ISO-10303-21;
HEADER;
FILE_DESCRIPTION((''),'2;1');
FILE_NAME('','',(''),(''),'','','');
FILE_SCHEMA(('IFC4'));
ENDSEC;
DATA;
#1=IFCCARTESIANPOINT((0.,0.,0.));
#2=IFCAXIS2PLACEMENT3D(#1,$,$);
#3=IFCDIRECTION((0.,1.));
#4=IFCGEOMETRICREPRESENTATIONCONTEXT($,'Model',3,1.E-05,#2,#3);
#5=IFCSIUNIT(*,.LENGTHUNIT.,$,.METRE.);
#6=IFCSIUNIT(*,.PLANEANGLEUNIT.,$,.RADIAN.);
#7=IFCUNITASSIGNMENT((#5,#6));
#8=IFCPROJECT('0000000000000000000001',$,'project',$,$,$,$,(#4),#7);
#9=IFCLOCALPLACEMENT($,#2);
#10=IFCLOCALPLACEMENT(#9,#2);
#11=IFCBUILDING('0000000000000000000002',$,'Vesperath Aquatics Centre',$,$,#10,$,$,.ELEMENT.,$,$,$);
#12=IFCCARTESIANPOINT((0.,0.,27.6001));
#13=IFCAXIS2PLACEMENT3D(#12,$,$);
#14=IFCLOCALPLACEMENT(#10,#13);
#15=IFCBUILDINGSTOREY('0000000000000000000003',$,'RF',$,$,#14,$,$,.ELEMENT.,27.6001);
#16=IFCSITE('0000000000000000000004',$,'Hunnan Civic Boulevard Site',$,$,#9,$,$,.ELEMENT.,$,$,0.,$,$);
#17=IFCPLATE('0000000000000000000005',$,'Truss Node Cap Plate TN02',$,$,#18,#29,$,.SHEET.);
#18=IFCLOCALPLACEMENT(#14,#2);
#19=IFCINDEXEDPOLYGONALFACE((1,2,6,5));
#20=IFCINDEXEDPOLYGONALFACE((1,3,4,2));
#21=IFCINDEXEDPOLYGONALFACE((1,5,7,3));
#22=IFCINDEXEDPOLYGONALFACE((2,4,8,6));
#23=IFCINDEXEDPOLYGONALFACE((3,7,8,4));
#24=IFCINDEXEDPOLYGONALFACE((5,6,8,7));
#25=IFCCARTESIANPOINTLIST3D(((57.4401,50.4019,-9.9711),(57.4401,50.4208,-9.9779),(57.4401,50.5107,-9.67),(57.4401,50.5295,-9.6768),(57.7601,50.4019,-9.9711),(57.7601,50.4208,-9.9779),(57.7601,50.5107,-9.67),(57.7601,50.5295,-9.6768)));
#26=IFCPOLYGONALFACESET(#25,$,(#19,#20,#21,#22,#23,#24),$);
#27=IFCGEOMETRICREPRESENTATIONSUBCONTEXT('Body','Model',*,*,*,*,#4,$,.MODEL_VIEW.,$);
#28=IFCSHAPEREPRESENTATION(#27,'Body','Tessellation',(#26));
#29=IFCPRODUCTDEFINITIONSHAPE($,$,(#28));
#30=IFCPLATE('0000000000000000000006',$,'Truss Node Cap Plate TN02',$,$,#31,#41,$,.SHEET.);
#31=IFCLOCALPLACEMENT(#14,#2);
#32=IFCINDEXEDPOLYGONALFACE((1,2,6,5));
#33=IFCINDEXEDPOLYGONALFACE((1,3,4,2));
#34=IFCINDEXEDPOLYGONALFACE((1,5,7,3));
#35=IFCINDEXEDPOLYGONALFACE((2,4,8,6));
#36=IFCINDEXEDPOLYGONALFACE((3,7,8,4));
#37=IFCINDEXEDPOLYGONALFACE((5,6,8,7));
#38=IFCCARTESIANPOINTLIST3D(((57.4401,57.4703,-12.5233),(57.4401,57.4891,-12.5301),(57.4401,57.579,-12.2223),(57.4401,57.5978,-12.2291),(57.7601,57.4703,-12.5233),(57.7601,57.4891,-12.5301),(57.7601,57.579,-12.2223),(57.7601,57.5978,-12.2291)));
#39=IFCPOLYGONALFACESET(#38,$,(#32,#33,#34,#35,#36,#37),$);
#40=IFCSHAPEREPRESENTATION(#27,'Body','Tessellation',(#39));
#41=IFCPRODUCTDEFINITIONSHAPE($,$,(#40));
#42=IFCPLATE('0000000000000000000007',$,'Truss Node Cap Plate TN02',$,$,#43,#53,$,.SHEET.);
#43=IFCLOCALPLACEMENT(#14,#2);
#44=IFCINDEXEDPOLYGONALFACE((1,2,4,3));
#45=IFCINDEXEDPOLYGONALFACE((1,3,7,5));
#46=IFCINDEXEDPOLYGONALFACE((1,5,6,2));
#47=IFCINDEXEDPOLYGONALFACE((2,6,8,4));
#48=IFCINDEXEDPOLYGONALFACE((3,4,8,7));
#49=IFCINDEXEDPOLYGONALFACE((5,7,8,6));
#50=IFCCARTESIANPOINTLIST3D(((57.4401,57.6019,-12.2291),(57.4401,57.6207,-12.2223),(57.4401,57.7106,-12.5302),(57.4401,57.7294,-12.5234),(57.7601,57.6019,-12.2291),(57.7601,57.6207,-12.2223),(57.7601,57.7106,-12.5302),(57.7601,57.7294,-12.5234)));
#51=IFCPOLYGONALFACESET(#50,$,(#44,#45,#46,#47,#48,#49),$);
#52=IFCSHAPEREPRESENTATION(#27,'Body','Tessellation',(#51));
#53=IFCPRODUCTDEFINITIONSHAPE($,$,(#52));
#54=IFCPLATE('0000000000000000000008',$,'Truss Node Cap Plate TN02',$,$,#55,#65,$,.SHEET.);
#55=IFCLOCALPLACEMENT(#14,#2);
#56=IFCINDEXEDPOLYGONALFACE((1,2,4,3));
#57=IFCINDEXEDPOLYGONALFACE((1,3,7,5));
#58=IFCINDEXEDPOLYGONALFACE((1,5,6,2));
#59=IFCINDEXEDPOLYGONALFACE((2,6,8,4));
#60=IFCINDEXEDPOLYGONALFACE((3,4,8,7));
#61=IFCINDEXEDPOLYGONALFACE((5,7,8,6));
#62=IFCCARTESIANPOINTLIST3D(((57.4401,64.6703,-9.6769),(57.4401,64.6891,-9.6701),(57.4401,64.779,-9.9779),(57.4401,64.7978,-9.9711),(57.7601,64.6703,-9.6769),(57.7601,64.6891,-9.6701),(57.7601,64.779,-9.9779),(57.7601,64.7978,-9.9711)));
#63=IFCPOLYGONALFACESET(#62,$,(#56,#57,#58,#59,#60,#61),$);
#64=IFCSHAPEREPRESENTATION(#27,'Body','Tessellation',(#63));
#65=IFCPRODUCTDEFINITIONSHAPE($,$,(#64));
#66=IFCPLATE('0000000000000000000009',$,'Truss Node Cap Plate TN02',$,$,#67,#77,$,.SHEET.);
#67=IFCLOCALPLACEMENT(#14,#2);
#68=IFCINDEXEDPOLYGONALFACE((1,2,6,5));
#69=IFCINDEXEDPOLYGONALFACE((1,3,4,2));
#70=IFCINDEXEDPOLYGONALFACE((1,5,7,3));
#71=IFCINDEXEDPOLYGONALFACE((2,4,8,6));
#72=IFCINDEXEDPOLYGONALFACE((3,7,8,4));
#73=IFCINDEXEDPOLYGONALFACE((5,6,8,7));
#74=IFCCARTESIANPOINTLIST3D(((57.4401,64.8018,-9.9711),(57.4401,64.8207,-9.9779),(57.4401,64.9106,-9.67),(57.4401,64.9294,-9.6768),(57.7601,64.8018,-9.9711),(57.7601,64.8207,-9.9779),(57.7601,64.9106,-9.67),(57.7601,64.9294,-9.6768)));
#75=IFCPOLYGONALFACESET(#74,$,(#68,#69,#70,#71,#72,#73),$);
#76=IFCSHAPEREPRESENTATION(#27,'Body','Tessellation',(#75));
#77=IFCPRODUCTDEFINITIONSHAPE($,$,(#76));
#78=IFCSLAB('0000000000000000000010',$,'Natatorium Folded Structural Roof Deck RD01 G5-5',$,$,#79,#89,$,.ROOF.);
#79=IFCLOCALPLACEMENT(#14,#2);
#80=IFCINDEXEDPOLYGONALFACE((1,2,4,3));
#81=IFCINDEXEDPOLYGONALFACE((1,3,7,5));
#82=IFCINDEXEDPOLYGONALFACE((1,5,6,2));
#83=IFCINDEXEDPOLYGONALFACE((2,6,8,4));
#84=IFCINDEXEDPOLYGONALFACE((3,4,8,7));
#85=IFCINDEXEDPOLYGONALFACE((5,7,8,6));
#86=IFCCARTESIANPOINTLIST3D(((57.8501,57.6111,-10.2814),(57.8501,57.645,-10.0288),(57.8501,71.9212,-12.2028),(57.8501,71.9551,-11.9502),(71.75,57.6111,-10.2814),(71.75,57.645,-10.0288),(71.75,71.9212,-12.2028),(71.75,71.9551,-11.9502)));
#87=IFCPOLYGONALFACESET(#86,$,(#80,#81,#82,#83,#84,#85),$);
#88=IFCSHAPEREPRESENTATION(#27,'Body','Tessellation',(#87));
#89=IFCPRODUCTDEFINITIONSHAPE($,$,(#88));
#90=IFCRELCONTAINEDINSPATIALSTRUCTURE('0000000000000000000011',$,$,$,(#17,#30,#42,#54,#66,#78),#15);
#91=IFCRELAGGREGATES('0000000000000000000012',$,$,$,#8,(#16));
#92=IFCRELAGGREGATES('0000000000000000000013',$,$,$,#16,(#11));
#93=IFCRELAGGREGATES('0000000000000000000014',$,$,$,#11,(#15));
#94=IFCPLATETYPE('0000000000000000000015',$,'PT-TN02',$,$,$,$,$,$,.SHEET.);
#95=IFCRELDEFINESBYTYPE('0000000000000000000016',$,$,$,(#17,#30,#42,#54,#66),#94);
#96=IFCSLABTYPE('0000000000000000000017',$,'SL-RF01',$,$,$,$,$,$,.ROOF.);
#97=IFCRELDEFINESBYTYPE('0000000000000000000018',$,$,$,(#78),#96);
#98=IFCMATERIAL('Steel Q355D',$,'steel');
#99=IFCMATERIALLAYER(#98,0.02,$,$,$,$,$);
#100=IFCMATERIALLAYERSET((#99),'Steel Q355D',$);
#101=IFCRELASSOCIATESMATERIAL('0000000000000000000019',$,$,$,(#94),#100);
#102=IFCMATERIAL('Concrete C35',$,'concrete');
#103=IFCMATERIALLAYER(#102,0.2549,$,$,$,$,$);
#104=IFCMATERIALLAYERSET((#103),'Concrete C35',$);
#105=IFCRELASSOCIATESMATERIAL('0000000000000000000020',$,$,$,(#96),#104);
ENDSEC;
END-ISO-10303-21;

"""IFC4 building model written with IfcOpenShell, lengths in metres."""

from ifc_helpers import new_model, si_unit, direction, frame, origin, origin_2d, place, context, subcontext, project, spatial, polyline, rectangle, outline, extrude, material, layer, layer_set, type_object, element, save


model = new_model("IFC4")

# Units and contexts
model_context = context("Model", 3, precision=1e-05, world=origin(), true_north=direction((0.0, 1.0)))
body_context = subcontext(model_context, "Body", "Model", "MODEL_VIEW")
ifc_project = project(units=[si_unit("LENGTHUNIT", "METRE"), si_unit("PLANEANGLEUNIT", "RADIAN")], contexts=[model_context])

# Site, building, storey
site_placement = place(None, origin())
site = spatial("IfcSite", under=ifc_project, at=site_placement, Name="Hunnan Civic Boulevard Site", CompositionType="ELEMENT", RefElevation=0.0)
building_placement = place(site_placement, origin())
building = spatial("IfcBuilding", under=site, at=building_placement, Name="Vesperath Aquatics Centre", CompositionType="ELEMENT")
storey_placement = place(building_placement, frame((0.0, 0.0, 27.6001)))
storey = spatial("IfcBuildingStorey", under=building, at=storey_placement, Name="RF", CompositionType="ELEMENT", Elevation=27.6001)

# Shared definitions
ifc_material_1 = material(Name="Steel Q355D", Category="steel")

# Plates
ifc_layer_1 = layer(ifc_material_1, 0.02)
ifc_layer_set_1 = layer_set([ifc_layer_1], Name="Steel Q355D")
plate_type_1 = type_object("IfcPlateType", Name="PT-TN02", PredefinedType="SHEET", material=ifc_layer_set_1)
for number, where, z_axis, x_axis, name in (
    (1, (57.6001, 50.4563, -9.8206), (0.0, 0.940554, -0.339644), (-1.0, 0.0, 0.0), "Truss Node Cap Plate TN02"),
    (2, (57.6001, 57.5247, -12.3728), (0.0, 0.940554, -0.339644), (-1.0, 0.0, 0.0), "Truss Node Cap Plate TN02"),
    (3, (57.6001, 57.6562, -12.3796), (0.0, 0.940554, 0.339644), (-1.0, 0.0, 0.0), "Truss Node Cap Plate TN02"),
    (4, (57.6001, 64.7246, -9.8274), (0.0, 0.940554, 0.339644), (-1.0, 0.0, 0.0), "Truss Node Cap Plate TN02"),
    (5, (57.6001, 64.8562, -9.8206), (0.0, 0.940554, -0.339644), (-1.0, 0.0, 0.0), "Truss Node Cap Plate TN02"),
):
    element("IfcPlate", number, at=place(storey_placement, frame(where, z_axis=z_axis, x_axis=x_axis)), inside=storey, type_object=plate_type_1, Name=name, PredefinedType="SHEET", context=body_context, shape_type="SweptSolid", body=[
        extrude(rectangle(XDim=0.3201, YDim=0.3201, at=origin_2d()), origin(), (0.0, 0.0, 1.0), 0.02),
    ])

# Slab
ifc_material_2 = material(Name="Concrete C35", Category="concrete")
ifc_layer_2 = layer(ifc_material_2, 0.2549)
ifc_layer_set_2 = layer_set([ifc_layer_2], Name="Concrete C35")
slab_type = type_object("IfcSlabType", Name="SL-RF01", PredefinedType="ROOF", material=ifc_layer_set_2)
slab_placement = place(storey_placement, frame((57.8501, 57.645, -10.0288), z_axis=(0.0, 0.133074, 0.991106), x_axis=(1.0, 0.0, 0.0)))
element("IfcSlab", 6, at=slab_placement, inside=storey, type_object=slab_type, Name="Natatorium Folded Structural Roof Deck RD01 G5-5", PredefinedType="ROOF", context=body_context, shape_type="SweptSolid", body=[
    extrude(outline(polyline([(0.0, 0.0), (13.8999, 0.0), (13.8999, 14.4385), (0.0, 14.4385), (0.0, 0.0)])), origin(), (0.0, 0.0, -1.0), 0.2549),
])

save(model, "model.ifc")
